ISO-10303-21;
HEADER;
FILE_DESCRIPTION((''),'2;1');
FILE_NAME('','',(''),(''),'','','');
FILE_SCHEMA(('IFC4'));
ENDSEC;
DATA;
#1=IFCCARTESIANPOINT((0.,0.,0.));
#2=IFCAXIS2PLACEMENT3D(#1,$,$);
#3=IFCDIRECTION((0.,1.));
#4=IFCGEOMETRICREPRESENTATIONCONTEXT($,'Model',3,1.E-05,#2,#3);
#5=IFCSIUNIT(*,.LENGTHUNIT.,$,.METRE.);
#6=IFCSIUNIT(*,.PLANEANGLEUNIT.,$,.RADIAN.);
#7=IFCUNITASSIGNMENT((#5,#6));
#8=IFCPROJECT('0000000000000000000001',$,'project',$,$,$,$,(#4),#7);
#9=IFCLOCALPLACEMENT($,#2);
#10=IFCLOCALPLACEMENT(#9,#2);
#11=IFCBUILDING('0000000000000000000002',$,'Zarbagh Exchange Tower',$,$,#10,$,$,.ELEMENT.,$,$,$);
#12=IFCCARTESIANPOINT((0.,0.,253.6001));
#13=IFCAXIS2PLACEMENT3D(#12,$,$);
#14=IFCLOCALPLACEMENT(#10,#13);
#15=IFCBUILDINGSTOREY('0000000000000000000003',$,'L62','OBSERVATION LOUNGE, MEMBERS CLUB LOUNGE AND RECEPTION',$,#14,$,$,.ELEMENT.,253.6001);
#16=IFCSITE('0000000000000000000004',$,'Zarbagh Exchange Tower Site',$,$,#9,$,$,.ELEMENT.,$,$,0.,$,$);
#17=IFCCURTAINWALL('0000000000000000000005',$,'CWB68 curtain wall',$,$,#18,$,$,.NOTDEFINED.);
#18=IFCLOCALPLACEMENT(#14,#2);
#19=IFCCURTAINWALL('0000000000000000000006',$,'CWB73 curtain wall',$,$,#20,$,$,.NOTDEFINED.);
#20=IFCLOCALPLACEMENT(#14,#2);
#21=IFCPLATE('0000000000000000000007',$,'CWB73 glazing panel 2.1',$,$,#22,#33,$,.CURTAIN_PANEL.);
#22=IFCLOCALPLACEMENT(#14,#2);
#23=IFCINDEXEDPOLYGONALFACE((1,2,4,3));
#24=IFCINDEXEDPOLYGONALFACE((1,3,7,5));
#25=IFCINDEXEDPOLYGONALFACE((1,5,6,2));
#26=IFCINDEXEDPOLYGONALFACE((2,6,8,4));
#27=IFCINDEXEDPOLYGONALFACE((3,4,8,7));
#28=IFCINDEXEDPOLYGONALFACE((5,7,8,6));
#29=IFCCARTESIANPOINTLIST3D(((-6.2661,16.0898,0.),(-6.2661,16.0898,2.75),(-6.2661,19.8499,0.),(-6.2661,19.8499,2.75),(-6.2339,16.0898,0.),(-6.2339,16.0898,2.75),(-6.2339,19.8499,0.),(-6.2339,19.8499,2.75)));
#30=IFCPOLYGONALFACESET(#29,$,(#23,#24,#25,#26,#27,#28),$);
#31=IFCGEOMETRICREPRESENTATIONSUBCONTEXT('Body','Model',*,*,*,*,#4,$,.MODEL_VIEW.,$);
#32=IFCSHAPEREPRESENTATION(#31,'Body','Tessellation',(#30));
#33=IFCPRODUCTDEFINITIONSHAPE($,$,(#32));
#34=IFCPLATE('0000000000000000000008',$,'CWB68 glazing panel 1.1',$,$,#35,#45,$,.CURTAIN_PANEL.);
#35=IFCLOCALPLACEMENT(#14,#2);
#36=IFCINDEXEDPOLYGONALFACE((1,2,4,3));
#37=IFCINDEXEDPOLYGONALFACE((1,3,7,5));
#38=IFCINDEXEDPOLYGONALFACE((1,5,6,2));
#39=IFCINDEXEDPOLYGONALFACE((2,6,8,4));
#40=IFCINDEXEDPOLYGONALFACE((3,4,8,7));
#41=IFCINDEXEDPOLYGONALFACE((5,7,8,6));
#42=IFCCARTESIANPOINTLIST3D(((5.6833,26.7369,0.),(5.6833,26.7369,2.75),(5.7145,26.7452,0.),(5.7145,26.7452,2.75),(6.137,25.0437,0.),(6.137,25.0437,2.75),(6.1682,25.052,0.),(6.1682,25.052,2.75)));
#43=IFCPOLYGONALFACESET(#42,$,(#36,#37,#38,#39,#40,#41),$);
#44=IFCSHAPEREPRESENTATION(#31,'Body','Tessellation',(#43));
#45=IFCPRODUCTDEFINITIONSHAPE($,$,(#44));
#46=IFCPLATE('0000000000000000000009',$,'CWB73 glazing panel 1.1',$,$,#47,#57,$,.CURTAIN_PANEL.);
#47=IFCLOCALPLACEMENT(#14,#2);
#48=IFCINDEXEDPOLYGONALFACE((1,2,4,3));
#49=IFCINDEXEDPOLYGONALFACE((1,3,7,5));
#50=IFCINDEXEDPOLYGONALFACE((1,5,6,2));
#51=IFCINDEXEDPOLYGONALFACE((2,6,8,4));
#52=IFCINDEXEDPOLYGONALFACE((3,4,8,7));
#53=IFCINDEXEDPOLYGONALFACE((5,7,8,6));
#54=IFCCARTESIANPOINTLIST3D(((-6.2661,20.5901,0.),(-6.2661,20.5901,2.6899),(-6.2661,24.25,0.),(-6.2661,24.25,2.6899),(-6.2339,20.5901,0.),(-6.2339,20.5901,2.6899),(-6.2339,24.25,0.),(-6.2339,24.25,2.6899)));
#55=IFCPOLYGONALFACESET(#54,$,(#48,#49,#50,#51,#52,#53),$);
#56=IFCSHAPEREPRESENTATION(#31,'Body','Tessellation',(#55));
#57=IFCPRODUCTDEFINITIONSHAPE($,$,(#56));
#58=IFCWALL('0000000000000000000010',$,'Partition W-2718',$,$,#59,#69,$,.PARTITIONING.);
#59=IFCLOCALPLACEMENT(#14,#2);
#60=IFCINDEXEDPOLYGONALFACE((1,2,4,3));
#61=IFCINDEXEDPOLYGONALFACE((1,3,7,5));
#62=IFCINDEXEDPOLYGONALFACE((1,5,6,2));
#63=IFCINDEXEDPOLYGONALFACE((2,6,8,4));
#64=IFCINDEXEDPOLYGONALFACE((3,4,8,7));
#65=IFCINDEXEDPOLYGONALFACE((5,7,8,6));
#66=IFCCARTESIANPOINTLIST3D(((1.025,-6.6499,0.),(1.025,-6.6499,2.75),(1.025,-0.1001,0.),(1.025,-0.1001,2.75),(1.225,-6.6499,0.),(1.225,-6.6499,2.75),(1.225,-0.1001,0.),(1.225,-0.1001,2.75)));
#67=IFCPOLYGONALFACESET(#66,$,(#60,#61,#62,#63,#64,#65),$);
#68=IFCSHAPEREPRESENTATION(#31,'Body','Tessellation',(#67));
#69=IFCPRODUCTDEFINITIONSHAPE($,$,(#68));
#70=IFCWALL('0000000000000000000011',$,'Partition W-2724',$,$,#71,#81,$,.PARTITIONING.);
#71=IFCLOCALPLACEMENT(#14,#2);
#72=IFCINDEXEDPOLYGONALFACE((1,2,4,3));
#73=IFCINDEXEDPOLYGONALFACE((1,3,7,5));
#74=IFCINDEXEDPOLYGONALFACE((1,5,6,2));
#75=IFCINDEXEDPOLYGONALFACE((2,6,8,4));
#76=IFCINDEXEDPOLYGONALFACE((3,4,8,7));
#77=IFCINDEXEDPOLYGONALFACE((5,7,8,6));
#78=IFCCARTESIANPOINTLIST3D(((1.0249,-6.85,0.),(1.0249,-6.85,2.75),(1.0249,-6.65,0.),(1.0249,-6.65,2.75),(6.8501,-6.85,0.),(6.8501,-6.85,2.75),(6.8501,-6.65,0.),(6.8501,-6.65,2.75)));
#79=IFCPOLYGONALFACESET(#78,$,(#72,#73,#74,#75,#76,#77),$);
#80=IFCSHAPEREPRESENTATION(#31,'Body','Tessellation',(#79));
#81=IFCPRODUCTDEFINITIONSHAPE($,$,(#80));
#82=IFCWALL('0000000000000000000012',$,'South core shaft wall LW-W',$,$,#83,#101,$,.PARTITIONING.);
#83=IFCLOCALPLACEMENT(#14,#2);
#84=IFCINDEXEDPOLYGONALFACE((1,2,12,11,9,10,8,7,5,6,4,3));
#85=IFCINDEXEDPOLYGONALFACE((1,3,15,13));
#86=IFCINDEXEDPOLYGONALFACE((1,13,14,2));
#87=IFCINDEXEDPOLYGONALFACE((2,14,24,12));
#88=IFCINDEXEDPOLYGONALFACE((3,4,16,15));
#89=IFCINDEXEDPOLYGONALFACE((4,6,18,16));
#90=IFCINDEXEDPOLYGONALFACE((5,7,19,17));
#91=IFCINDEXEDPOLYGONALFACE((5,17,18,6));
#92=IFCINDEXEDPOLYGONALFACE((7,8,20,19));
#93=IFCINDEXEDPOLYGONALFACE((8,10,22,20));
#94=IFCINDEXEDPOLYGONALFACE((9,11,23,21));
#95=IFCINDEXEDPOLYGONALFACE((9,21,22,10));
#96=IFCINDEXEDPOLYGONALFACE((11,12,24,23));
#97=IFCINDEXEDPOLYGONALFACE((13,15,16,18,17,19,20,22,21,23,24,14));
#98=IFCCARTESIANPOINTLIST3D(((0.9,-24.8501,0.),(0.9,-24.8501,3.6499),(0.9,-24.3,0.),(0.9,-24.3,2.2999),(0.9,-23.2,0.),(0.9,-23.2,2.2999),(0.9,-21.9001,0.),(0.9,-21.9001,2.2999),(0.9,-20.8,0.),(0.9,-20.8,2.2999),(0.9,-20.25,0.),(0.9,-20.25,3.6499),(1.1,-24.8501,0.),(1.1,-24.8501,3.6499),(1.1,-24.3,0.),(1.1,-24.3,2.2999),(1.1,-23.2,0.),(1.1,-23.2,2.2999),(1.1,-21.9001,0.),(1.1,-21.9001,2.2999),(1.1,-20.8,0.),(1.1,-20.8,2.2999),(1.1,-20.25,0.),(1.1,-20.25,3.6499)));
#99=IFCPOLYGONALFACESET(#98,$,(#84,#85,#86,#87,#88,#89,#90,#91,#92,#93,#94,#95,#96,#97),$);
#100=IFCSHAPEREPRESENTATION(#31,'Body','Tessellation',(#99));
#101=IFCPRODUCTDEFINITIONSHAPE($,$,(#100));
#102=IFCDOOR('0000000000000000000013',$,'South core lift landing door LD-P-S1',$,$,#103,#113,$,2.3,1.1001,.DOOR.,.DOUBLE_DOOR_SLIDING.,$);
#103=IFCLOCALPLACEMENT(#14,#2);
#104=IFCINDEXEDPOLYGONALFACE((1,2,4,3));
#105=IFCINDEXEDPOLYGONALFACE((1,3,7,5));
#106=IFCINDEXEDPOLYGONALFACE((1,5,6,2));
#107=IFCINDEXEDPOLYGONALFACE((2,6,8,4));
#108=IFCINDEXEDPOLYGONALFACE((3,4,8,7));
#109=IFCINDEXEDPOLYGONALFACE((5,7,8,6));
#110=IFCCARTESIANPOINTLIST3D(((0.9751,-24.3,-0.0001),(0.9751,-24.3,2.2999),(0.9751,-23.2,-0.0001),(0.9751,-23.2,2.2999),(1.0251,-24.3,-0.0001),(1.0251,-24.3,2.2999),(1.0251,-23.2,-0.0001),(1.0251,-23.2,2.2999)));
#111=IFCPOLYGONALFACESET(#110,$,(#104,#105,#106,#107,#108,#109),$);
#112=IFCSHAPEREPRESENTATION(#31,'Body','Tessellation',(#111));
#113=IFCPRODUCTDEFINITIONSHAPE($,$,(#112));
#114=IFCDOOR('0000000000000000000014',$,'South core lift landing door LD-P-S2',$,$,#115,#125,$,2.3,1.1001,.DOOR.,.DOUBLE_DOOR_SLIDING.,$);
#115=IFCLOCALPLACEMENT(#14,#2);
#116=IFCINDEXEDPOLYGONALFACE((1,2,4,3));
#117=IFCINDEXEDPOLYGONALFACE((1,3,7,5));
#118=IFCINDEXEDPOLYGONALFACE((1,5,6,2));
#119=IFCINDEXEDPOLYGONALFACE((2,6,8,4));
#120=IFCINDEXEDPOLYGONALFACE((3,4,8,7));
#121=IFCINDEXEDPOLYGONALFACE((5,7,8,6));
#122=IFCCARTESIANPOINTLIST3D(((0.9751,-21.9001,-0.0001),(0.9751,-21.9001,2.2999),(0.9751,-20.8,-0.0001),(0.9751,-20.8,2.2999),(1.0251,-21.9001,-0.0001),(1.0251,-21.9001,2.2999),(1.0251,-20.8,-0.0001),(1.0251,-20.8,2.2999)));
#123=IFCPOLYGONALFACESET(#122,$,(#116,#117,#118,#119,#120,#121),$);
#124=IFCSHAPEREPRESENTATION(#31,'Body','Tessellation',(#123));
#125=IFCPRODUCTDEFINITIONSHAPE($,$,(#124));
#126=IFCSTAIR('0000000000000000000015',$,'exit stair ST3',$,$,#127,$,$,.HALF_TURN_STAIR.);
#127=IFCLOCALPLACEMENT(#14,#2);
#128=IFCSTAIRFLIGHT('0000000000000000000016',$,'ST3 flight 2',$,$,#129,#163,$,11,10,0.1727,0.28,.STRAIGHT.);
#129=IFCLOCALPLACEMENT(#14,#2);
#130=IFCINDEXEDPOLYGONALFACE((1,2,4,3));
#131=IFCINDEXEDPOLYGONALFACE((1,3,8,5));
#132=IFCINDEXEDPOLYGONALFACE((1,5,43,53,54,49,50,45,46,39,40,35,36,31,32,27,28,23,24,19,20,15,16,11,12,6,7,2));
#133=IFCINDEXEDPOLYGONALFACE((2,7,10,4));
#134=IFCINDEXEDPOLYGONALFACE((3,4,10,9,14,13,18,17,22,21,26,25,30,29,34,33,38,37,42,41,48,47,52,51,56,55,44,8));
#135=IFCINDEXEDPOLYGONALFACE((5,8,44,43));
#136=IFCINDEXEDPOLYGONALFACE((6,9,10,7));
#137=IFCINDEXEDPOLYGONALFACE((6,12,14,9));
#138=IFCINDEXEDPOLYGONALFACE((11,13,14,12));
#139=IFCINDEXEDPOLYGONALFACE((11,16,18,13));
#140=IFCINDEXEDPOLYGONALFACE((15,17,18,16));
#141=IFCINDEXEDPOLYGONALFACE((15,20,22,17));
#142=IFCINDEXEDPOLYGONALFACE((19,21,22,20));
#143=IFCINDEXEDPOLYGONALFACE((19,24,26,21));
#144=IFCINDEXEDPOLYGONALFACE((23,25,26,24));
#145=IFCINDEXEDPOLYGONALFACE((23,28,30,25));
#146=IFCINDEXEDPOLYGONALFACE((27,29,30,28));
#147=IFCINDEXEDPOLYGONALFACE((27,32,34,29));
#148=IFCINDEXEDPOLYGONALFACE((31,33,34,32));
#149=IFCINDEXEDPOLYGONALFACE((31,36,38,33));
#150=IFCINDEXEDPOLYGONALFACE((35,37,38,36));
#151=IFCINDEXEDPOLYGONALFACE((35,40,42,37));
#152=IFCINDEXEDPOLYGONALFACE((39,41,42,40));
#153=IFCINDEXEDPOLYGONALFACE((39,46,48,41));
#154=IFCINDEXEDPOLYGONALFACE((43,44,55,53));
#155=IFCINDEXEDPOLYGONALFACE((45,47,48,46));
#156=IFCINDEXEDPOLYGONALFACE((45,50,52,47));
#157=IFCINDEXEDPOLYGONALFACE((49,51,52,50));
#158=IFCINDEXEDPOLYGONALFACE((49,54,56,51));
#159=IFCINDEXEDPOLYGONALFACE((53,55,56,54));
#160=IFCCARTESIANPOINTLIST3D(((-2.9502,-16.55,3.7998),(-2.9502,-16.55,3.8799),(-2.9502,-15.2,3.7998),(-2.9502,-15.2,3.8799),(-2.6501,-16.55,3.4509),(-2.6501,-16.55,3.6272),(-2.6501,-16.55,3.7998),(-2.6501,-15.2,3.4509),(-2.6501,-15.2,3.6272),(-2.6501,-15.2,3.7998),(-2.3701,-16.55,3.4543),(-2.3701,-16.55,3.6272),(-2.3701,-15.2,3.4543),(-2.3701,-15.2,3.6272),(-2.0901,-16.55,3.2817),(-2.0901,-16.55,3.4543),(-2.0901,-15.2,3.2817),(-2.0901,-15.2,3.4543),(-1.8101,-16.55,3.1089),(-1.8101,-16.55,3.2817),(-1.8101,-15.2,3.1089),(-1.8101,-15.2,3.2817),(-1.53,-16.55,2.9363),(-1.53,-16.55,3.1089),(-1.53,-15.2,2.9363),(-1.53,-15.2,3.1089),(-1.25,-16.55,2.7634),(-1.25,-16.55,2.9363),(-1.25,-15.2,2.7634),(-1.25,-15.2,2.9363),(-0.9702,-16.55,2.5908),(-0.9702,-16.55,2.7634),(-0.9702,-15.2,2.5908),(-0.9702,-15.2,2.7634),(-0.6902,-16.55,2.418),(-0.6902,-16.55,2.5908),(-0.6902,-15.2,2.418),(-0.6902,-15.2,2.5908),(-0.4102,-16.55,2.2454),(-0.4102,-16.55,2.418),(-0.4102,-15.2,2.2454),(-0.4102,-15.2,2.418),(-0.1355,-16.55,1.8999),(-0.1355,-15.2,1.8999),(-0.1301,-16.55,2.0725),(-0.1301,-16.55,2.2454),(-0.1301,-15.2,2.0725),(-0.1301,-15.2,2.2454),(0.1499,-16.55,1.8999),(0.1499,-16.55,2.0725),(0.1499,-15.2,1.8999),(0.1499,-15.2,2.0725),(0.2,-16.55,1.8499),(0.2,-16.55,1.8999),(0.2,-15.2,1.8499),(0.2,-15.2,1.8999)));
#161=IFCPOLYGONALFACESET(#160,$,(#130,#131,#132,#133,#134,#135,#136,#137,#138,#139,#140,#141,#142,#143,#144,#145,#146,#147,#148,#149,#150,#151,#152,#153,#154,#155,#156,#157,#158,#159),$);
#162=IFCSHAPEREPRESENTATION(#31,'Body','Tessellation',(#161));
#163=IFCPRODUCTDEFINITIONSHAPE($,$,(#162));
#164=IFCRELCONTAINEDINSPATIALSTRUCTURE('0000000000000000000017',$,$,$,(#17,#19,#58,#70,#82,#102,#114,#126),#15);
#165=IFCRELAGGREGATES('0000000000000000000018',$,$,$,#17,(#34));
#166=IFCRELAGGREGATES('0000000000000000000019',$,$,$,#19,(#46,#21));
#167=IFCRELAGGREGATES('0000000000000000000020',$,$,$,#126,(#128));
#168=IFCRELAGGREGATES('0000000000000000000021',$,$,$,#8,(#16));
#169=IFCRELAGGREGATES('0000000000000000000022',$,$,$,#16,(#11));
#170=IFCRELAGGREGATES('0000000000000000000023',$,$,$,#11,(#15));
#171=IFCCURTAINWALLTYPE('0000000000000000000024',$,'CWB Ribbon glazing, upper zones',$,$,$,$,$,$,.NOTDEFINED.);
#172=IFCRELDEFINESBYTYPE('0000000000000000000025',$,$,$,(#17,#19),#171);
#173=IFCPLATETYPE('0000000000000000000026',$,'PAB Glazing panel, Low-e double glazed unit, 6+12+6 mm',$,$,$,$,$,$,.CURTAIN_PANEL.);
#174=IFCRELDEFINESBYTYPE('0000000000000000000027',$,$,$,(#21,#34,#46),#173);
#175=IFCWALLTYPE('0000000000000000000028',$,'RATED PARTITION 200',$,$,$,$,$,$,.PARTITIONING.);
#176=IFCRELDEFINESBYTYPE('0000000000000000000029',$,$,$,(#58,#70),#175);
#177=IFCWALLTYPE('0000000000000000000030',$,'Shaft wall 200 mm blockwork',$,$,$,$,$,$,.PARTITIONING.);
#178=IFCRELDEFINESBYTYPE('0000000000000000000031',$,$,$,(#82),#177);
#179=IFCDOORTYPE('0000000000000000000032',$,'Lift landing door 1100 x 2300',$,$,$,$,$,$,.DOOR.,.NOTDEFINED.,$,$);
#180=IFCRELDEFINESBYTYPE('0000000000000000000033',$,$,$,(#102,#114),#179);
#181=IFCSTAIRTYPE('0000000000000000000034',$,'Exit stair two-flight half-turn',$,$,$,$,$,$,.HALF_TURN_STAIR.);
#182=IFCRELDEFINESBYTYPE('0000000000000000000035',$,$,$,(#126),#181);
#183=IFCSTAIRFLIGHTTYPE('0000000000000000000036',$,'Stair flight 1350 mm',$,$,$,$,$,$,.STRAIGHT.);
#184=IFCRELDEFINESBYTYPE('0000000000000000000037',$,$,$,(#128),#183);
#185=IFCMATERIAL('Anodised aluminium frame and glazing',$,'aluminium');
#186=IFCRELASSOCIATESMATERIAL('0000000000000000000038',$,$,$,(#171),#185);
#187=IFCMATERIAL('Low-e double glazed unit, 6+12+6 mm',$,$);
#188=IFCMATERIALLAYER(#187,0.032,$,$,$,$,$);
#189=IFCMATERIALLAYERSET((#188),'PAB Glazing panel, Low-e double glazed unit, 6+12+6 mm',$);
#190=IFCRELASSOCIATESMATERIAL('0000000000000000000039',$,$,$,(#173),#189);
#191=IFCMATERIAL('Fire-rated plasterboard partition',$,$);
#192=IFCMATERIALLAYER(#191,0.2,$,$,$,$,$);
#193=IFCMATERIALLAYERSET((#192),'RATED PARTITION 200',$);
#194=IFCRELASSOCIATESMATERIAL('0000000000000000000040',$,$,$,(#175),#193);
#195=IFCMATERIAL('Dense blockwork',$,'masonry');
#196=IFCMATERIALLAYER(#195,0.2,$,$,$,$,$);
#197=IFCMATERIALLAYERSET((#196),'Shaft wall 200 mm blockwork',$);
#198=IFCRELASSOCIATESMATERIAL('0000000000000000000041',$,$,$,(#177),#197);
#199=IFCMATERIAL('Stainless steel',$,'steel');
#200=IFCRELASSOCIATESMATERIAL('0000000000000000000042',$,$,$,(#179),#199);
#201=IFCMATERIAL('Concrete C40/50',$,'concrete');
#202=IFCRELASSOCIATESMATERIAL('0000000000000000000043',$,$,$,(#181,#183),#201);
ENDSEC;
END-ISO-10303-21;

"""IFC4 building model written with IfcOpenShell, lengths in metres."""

from ifc_helpers import new_model, si_unit, direction, frame, frame_2d, origin, place, context, subcontext, project, spatial, polyline, rectangle, outline, extrude, source, transform, mapped, material, layer, layer_set, type_object, element, fill, aggregate, save


model = new_model("IFC4")

# Units and contexts
model_context = context("Model", 3, precision=1e-05, world=origin(), true_north=direction((0.0, 1.0)))
body_context = subcontext(model_context, "Body", "Model", "MODEL_VIEW")
ifc_project = project(units=[si_unit("LENGTHUNIT", "METRE"), si_unit("PLANEANGLEUNIT", "RADIAN")], contexts=[model_context])

# Site, building, storey
site_placement = place(None, origin())
site = spatial("IfcSite", under=ifc_project, at=site_placement, Name="Zarbagh Exchange Tower Site", CompositionType="ELEMENT", RefElevation=0.0)
building_placement = place(site_placement, origin())
building = spatial("IfcBuilding", under=site, at=building_placement, Name="Zarbagh Exchange Tower", CompositionType="ELEMENT")
storey_placement = place(building_placement, frame((0.0, 0.0, 253.6001)))
storey = spatial("IfcBuildingStorey", under=building, at=storey_placement, Name="L62", Description="OBSERVATION LOUNGE, MEMBERS CLUB LOUNGE AND RECEPTION", CompositionType="ELEMENT", Elevation=253.6001)

# Curtain wall
ifc_material_1 = material(Name="Anodised aluminium frame and glazing", Category="aluminium")
curtain_wall_type = type_object("IfcCurtainWallType", Name="CWB Ribbon glazing, upper zones", PredefinedType="NOTDEFINED", material=ifc_material_1)
placement = place(storey_placement, origin())
curtain_wall_1_placement = place(storey_placement, origin())
curtain_wall_1 = element("IfcCurtainWall", 1, at=curtain_wall_1_placement, inside=storey, type_object=curtain_wall_type, Name="CWB68 curtain wall", PredefinedType="NOTDEFINED")

# Curtain wall
curtain_wall_2_placement = place(storey_placement, origin())
curtain_wall_2 = element("IfcCurtainWall", 2, at=curtain_wall_2_placement, inside=storey, type_object=curtain_wall_type, Name="CWB73 curtain wall", PredefinedType="NOTDEFINED")

# Shared definitions
ifc_material_2 = material(Name="Low-e double glazed unit, 6+12+6 mm")
ifc_layer_1 = layer(ifc_material_2, 0.032)
ifc_layer_set_1 = layer_set([ifc_layer_1], Name="PAB Glazing panel, Low-e double glazed unit, 6+12+6 mm")
plate_type = type_object("IfcPlateType", Name="PAB Glazing panel, Low-e double glazed unit, 6+12+6 mm", PredefinedType="CURTAIN_PANEL", material=ifc_layer_set_1)

# Plates
shared_shape_1 = source(origin(), body_context, "Body", "SweptSolid", [
    extrude(outline(polyline([(0.0, -0.0161), (3.76, -0.0161), (3.76, 0.0161), (0.0, 0.0161), (0.0, -0.0161)])), origin(), (0.0, 0.0, 1.0), 2.75),
])
plate_1 = element("IfcPlate", 3, at=placement, type_object=plate_type, Name="CWB73 glazing panel 2.1", PredefinedType="CURTAIN_PANEL", context=body_context, shape_type="MappedRepresentation", body=[
    mapped(shared_shape_1, transform((-6.25, 19.8499, 0.0), x_axis=(0.0, -1.0, 0.0), y_axis=(1.0, 0.0, 0.0), z_axis=(0.0, 0.0, 1.0))),
])
shared_shape_2 = source(origin(), body_context, "Body", "SweptSolid", [
    extrude(outline(polyline([(0.0, -0.0161), (1.7529, -0.0161), (1.7529, 0.0161), (0.0, 0.0161), (0.0, -0.0161)])), origin(), (0.0, 0.0, 1.0), 2.75),
])
plate_2 = element("IfcPlate", 4, at=placement, type_object=plate_type, Name="CWB68 glazing panel 1.1", PredefinedType="CURTAIN_PANEL", context=body_context, shape_type="MappedRepresentation", body=[
    mapped(shared_shape_2, transform((6.1526, 25.0479, 0.0), x_axis=(-0.258825, 0.965924, 0.0), y_axis=(-0.965924, -0.258825, 0.0), z_axis=(0.0, 0.0, 1.0))),
])
aggregate(curtain_wall_1, [plate_2])
shared_shape_3 = source(origin(), body_context, "Body", "SweptSolid", [
    extrude(outline(polyline([(0.0, -0.0161), (3.6599, -0.0161), (3.6599, 0.0161), (0.0, 0.0161), (0.0, -0.0161)])), origin(), (0.0, 0.0, 1.0), 2.6899),
])
plate_3 = element("IfcPlate", 5, at=placement, type_object=plate_type, Name="CWB73 glazing panel 1.1", PredefinedType="CURTAIN_PANEL", context=body_context, shape_type="MappedRepresentation", body=[
    mapped(shared_shape_3, transform((-6.25, 24.25, 0.0), x_axis=(0.0, -1.0, 0.0), y_axis=(1.0, 0.0, 0.0), z_axis=(0.0, 0.0, 1.0))),
])
aggregate(curtain_wall_2, [plate_3, plate_1])

# Walls
ifc_material_3 = material(Name="Fire-rated plasterboard partition")
ifc_layer_2 = layer(ifc_material_3, 0.2)
ifc_layer_set_2 = layer_set([ifc_layer_2], Name="RATED PARTITION 200")
wall_type_1 = type_object("IfcWallType", Name="RATED PARTITION 200", PredefinedType="PARTITIONING", material=ifc_layer_set_2)
wall_1_placement = place(storey_placement, frame((1.125, -6.6499, 0.0), z_axis=(0.0, 0.0, 1.0), x_axis=(0.0, 1.0, 0.0)))
element("IfcWall", 6, at=wall_1_placement, inside=storey, type_object=wall_type_1, Name="Partition W-2718", PredefinedType="PARTITIONING", context=body_context, shape_type="SweptSolid", body=[
    extrude(rectangle(XDim=6.5498, YDim=0.2, at=frame_2d((3.2749, 0.0))), origin(), (0.0, 0.0, 1.0), 2.75),
])
wall_2_placement = place(storey_placement, frame((1.0249, -6.75, 0.0), z_axis=(0.0, 0.0, 1.0), x_axis=(1.0, 0.0, 0.0)))
element("IfcWall", 7, at=wall_2_placement, inside=storey, type_object=wall_type_1, Name="Partition W-2724", PredefinedType="PARTITIONING", context=body_context, shape_type="SweptSolid", body=[
    extrude(rectangle(XDim=5.8252, YDim=0.2, at=frame_2d((2.9126, 0.0))), origin(), (0.0, 0.0, 1.0), 2.75),
])

# Wall, openings, doors
ifc_material_4 = material(Name="Dense blockwork", Category="masonry")
ifc_layer_3 = layer(ifc_material_4, 0.2)
ifc_layer_set_3 = layer_set([ifc_layer_3], Name="Shaft wall 200 mm blockwork")
wall_type_2 = type_object("IfcWallType", Name="Shaft wall 200 mm blockwork", PredefinedType="PARTITIONING", material=ifc_layer_set_3)
wall_3_placement = place(storey_placement, frame((1.0, -24.8501, 0.0), z_axis=(0.0, 0.0, 1.0), x_axis=(0.0, 1.0, 0.0)))
wall_3 = element("IfcWall", 8, at=wall_3_placement, inside=storey, type_object=wall_type_2, Name="South core shaft wall LW-W", PredefinedType="PARTITIONING", context=body_context, shape_type="SweptSolid", body=[
    extrude(rectangle(XDim=4.6001, YDim=0.2, at=frame_2d((2.3, 0.0))), origin(), (0.0, 0.0, 1.0), 3.6499),
])
opening_1_placement = place(wall_3_placement, frame((0.55, 0.0, 0.0)))
opening_1 = element("IfcOpeningElement", 9, at=opening_1_placement, cuts=wall_3, PredefinedType="OPENING", context=body_context, shape_type="SweptSolid", body=[
    extrude(rectangle(XDim=1.1001, YDim=2.3, at=frame_2d((0.55, 1.1499))), frame((0.0, 0.1099, 0.0), z_axis=(0.0, -1.0, 0.0), x_axis=(1.0, 0.0, 0.0)), (0.0, 0.0, 1.0), 0.22),
])
opening_2_placement = place(wall_3_placement, frame((2.95, 0.0, 0.0)))
opening_2 = element("IfcOpeningElement", 10, at=opening_2_placement, cuts=wall_3, PredefinedType="OPENING", context=body_context, shape_type="SweptSolid", body=[
    extrude(rectangle(XDim=1.1001, YDim=2.3, at=frame_2d((0.55, 1.1499))), frame((0.0, 0.1099, 0.0), z_axis=(0.0, -1.0, 0.0), x_axis=(1.0, 0.0, 0.0)), (0.0, 0.0, 1.0), 0.22),
])
ifc_material_5 = material(Name="Stainless steel", Category="steel")
door_type = type_object("IfcDoorType", Name="Lift landing door 1100 x 2300", OperationType="NOTDEFINED", PredefinedType="DOOR", material=ifc_material_5)
door_1_placement = place(opening_1_placement, origin())
door_1 = element("IfcDoor", 11, at=door_1_placement, inside=storey, type_object=door_type, Name="South core lift landing door LD-P-S1", OperationType="DOUBLE_DOOR_SLIDING", OverallHeight=2.3, OverallWidth=1.1001, PredefinedType="DOOR", context=body_context, shape_type="SweptSolid", body=[
    extrude(rectangle(XDim=1.1001, YDim=2.3, at=frame_2d((0.55, 1.1499))), frame((0.0, 0.0249, 0.0), z_axis=(0.0, -1.0, 0.0), x_axis=(1.0, 0.0, 0.0)), (0.0, 0.0, 1.0), 0.05),
])
fill(opening_1, door_1)
door_2_placement = place(opening_2_placement, origin())
door_2 = element("IfcDoor", 12, at=door_2_placement, inside=storey, type_object=door_type, Name="South core lift landing door LD-P-S2", OperationType="DOUBLE_DOOR_SLIDING", OverallHeight=2.3, OverallWidth=1.1001, PredefinedType="DOOR", context=body_context, shape_type="SweptSolid", body=[
    extrude(rectangle(XDim=1.1001, YDim=2.3, at=frame_2d((0.55, 1.1499))), frame((0.0, 0.0249, 0.0), z_axis=(0.0, -1.0, 0.0), x_axis=(1.0, 0.0, 0.0)), (0.0, 0.0, 1.0), 0.05),
])
fill(opening_2, door_2)

# Stair, stair flight
ifc_material_6 = material(Name="Concrete C40/50", Category="concrete")
stair_type = type_object("IfcStairType", Name="Exit stair two-flight half-turn", PredefinedType="HALF_TURN_STAIR", material=ifc_material_6)
stair_placement = place(storey_placement, origin())
stair = element("IfcStair", 13, at=stair_placement, inside=storey, type_object=stair_type, Name="exit stair ST3", PredefinedType="HALF_TURN_STAIR")
stair_flight_type = type_object("IfcStairFlightType", Name="Stair flight 1350 mm", PredefinedType="STRAIGHT", material=ifc_material_6)
stair_flight_placement = place(storey_placement, frame((0.1499, -15.875, 1.8999), z_axis=(0.0, 0.0, 1.0), x_axis=(-1.0, 0.0, 0.0)))
stair_flight = element("IfcStairFlight", 14, at=stair_flight_placement, type_object=stair_flight_type, Name="ST3 flight 2", NumberOfRisers=11, NumberOfTreads=10, PredefinedType="STRAIGHT", RiserHeight=0.1727, TreadLength=0.28, context=body_context, shape_type="SweptSolid", body=[
    extrude(outline(polyline([(-0.05, -0.05), (-0.05, 0.0), (0.0, 0.0), (0.0, 0.1726), (0.28, 0.1726), (0.28, 0.3455), (0.5601, 0.3455), (0.5601, 0.5181), (0.8401, 0.5181), (0.8401, 0.6909), (1.1201, 0.6909), (1.1201, 0.8635), (1.3999, 0.8635), (1.3999, 1.0364), (1.6799, 1.0364), (1.6799, 1.209), (1.96, 1.209), (1.96, 1.3818), (2.24, 1.3818), (2.24, 1.5544), (2.52, 1.5544), (2.52, 1.7273), (2.8, 1.7273), (2.8, 1.8999), (3.1001, 1.98), (3.1001, 1.8999), (2.8, 1.551), (0.2854, 0.0), (-0.05, -0.05)])), frame((0.0, 0.675, 0.0), z_axis=(0.0, -1.0, 0.0), x_axis=(1.0, 0.0, 0.0)), (0.0, 0.0, 1.0), 1.3501),
])
aggregate(stair, [stair_flight])

save(model, "model.ifc")
